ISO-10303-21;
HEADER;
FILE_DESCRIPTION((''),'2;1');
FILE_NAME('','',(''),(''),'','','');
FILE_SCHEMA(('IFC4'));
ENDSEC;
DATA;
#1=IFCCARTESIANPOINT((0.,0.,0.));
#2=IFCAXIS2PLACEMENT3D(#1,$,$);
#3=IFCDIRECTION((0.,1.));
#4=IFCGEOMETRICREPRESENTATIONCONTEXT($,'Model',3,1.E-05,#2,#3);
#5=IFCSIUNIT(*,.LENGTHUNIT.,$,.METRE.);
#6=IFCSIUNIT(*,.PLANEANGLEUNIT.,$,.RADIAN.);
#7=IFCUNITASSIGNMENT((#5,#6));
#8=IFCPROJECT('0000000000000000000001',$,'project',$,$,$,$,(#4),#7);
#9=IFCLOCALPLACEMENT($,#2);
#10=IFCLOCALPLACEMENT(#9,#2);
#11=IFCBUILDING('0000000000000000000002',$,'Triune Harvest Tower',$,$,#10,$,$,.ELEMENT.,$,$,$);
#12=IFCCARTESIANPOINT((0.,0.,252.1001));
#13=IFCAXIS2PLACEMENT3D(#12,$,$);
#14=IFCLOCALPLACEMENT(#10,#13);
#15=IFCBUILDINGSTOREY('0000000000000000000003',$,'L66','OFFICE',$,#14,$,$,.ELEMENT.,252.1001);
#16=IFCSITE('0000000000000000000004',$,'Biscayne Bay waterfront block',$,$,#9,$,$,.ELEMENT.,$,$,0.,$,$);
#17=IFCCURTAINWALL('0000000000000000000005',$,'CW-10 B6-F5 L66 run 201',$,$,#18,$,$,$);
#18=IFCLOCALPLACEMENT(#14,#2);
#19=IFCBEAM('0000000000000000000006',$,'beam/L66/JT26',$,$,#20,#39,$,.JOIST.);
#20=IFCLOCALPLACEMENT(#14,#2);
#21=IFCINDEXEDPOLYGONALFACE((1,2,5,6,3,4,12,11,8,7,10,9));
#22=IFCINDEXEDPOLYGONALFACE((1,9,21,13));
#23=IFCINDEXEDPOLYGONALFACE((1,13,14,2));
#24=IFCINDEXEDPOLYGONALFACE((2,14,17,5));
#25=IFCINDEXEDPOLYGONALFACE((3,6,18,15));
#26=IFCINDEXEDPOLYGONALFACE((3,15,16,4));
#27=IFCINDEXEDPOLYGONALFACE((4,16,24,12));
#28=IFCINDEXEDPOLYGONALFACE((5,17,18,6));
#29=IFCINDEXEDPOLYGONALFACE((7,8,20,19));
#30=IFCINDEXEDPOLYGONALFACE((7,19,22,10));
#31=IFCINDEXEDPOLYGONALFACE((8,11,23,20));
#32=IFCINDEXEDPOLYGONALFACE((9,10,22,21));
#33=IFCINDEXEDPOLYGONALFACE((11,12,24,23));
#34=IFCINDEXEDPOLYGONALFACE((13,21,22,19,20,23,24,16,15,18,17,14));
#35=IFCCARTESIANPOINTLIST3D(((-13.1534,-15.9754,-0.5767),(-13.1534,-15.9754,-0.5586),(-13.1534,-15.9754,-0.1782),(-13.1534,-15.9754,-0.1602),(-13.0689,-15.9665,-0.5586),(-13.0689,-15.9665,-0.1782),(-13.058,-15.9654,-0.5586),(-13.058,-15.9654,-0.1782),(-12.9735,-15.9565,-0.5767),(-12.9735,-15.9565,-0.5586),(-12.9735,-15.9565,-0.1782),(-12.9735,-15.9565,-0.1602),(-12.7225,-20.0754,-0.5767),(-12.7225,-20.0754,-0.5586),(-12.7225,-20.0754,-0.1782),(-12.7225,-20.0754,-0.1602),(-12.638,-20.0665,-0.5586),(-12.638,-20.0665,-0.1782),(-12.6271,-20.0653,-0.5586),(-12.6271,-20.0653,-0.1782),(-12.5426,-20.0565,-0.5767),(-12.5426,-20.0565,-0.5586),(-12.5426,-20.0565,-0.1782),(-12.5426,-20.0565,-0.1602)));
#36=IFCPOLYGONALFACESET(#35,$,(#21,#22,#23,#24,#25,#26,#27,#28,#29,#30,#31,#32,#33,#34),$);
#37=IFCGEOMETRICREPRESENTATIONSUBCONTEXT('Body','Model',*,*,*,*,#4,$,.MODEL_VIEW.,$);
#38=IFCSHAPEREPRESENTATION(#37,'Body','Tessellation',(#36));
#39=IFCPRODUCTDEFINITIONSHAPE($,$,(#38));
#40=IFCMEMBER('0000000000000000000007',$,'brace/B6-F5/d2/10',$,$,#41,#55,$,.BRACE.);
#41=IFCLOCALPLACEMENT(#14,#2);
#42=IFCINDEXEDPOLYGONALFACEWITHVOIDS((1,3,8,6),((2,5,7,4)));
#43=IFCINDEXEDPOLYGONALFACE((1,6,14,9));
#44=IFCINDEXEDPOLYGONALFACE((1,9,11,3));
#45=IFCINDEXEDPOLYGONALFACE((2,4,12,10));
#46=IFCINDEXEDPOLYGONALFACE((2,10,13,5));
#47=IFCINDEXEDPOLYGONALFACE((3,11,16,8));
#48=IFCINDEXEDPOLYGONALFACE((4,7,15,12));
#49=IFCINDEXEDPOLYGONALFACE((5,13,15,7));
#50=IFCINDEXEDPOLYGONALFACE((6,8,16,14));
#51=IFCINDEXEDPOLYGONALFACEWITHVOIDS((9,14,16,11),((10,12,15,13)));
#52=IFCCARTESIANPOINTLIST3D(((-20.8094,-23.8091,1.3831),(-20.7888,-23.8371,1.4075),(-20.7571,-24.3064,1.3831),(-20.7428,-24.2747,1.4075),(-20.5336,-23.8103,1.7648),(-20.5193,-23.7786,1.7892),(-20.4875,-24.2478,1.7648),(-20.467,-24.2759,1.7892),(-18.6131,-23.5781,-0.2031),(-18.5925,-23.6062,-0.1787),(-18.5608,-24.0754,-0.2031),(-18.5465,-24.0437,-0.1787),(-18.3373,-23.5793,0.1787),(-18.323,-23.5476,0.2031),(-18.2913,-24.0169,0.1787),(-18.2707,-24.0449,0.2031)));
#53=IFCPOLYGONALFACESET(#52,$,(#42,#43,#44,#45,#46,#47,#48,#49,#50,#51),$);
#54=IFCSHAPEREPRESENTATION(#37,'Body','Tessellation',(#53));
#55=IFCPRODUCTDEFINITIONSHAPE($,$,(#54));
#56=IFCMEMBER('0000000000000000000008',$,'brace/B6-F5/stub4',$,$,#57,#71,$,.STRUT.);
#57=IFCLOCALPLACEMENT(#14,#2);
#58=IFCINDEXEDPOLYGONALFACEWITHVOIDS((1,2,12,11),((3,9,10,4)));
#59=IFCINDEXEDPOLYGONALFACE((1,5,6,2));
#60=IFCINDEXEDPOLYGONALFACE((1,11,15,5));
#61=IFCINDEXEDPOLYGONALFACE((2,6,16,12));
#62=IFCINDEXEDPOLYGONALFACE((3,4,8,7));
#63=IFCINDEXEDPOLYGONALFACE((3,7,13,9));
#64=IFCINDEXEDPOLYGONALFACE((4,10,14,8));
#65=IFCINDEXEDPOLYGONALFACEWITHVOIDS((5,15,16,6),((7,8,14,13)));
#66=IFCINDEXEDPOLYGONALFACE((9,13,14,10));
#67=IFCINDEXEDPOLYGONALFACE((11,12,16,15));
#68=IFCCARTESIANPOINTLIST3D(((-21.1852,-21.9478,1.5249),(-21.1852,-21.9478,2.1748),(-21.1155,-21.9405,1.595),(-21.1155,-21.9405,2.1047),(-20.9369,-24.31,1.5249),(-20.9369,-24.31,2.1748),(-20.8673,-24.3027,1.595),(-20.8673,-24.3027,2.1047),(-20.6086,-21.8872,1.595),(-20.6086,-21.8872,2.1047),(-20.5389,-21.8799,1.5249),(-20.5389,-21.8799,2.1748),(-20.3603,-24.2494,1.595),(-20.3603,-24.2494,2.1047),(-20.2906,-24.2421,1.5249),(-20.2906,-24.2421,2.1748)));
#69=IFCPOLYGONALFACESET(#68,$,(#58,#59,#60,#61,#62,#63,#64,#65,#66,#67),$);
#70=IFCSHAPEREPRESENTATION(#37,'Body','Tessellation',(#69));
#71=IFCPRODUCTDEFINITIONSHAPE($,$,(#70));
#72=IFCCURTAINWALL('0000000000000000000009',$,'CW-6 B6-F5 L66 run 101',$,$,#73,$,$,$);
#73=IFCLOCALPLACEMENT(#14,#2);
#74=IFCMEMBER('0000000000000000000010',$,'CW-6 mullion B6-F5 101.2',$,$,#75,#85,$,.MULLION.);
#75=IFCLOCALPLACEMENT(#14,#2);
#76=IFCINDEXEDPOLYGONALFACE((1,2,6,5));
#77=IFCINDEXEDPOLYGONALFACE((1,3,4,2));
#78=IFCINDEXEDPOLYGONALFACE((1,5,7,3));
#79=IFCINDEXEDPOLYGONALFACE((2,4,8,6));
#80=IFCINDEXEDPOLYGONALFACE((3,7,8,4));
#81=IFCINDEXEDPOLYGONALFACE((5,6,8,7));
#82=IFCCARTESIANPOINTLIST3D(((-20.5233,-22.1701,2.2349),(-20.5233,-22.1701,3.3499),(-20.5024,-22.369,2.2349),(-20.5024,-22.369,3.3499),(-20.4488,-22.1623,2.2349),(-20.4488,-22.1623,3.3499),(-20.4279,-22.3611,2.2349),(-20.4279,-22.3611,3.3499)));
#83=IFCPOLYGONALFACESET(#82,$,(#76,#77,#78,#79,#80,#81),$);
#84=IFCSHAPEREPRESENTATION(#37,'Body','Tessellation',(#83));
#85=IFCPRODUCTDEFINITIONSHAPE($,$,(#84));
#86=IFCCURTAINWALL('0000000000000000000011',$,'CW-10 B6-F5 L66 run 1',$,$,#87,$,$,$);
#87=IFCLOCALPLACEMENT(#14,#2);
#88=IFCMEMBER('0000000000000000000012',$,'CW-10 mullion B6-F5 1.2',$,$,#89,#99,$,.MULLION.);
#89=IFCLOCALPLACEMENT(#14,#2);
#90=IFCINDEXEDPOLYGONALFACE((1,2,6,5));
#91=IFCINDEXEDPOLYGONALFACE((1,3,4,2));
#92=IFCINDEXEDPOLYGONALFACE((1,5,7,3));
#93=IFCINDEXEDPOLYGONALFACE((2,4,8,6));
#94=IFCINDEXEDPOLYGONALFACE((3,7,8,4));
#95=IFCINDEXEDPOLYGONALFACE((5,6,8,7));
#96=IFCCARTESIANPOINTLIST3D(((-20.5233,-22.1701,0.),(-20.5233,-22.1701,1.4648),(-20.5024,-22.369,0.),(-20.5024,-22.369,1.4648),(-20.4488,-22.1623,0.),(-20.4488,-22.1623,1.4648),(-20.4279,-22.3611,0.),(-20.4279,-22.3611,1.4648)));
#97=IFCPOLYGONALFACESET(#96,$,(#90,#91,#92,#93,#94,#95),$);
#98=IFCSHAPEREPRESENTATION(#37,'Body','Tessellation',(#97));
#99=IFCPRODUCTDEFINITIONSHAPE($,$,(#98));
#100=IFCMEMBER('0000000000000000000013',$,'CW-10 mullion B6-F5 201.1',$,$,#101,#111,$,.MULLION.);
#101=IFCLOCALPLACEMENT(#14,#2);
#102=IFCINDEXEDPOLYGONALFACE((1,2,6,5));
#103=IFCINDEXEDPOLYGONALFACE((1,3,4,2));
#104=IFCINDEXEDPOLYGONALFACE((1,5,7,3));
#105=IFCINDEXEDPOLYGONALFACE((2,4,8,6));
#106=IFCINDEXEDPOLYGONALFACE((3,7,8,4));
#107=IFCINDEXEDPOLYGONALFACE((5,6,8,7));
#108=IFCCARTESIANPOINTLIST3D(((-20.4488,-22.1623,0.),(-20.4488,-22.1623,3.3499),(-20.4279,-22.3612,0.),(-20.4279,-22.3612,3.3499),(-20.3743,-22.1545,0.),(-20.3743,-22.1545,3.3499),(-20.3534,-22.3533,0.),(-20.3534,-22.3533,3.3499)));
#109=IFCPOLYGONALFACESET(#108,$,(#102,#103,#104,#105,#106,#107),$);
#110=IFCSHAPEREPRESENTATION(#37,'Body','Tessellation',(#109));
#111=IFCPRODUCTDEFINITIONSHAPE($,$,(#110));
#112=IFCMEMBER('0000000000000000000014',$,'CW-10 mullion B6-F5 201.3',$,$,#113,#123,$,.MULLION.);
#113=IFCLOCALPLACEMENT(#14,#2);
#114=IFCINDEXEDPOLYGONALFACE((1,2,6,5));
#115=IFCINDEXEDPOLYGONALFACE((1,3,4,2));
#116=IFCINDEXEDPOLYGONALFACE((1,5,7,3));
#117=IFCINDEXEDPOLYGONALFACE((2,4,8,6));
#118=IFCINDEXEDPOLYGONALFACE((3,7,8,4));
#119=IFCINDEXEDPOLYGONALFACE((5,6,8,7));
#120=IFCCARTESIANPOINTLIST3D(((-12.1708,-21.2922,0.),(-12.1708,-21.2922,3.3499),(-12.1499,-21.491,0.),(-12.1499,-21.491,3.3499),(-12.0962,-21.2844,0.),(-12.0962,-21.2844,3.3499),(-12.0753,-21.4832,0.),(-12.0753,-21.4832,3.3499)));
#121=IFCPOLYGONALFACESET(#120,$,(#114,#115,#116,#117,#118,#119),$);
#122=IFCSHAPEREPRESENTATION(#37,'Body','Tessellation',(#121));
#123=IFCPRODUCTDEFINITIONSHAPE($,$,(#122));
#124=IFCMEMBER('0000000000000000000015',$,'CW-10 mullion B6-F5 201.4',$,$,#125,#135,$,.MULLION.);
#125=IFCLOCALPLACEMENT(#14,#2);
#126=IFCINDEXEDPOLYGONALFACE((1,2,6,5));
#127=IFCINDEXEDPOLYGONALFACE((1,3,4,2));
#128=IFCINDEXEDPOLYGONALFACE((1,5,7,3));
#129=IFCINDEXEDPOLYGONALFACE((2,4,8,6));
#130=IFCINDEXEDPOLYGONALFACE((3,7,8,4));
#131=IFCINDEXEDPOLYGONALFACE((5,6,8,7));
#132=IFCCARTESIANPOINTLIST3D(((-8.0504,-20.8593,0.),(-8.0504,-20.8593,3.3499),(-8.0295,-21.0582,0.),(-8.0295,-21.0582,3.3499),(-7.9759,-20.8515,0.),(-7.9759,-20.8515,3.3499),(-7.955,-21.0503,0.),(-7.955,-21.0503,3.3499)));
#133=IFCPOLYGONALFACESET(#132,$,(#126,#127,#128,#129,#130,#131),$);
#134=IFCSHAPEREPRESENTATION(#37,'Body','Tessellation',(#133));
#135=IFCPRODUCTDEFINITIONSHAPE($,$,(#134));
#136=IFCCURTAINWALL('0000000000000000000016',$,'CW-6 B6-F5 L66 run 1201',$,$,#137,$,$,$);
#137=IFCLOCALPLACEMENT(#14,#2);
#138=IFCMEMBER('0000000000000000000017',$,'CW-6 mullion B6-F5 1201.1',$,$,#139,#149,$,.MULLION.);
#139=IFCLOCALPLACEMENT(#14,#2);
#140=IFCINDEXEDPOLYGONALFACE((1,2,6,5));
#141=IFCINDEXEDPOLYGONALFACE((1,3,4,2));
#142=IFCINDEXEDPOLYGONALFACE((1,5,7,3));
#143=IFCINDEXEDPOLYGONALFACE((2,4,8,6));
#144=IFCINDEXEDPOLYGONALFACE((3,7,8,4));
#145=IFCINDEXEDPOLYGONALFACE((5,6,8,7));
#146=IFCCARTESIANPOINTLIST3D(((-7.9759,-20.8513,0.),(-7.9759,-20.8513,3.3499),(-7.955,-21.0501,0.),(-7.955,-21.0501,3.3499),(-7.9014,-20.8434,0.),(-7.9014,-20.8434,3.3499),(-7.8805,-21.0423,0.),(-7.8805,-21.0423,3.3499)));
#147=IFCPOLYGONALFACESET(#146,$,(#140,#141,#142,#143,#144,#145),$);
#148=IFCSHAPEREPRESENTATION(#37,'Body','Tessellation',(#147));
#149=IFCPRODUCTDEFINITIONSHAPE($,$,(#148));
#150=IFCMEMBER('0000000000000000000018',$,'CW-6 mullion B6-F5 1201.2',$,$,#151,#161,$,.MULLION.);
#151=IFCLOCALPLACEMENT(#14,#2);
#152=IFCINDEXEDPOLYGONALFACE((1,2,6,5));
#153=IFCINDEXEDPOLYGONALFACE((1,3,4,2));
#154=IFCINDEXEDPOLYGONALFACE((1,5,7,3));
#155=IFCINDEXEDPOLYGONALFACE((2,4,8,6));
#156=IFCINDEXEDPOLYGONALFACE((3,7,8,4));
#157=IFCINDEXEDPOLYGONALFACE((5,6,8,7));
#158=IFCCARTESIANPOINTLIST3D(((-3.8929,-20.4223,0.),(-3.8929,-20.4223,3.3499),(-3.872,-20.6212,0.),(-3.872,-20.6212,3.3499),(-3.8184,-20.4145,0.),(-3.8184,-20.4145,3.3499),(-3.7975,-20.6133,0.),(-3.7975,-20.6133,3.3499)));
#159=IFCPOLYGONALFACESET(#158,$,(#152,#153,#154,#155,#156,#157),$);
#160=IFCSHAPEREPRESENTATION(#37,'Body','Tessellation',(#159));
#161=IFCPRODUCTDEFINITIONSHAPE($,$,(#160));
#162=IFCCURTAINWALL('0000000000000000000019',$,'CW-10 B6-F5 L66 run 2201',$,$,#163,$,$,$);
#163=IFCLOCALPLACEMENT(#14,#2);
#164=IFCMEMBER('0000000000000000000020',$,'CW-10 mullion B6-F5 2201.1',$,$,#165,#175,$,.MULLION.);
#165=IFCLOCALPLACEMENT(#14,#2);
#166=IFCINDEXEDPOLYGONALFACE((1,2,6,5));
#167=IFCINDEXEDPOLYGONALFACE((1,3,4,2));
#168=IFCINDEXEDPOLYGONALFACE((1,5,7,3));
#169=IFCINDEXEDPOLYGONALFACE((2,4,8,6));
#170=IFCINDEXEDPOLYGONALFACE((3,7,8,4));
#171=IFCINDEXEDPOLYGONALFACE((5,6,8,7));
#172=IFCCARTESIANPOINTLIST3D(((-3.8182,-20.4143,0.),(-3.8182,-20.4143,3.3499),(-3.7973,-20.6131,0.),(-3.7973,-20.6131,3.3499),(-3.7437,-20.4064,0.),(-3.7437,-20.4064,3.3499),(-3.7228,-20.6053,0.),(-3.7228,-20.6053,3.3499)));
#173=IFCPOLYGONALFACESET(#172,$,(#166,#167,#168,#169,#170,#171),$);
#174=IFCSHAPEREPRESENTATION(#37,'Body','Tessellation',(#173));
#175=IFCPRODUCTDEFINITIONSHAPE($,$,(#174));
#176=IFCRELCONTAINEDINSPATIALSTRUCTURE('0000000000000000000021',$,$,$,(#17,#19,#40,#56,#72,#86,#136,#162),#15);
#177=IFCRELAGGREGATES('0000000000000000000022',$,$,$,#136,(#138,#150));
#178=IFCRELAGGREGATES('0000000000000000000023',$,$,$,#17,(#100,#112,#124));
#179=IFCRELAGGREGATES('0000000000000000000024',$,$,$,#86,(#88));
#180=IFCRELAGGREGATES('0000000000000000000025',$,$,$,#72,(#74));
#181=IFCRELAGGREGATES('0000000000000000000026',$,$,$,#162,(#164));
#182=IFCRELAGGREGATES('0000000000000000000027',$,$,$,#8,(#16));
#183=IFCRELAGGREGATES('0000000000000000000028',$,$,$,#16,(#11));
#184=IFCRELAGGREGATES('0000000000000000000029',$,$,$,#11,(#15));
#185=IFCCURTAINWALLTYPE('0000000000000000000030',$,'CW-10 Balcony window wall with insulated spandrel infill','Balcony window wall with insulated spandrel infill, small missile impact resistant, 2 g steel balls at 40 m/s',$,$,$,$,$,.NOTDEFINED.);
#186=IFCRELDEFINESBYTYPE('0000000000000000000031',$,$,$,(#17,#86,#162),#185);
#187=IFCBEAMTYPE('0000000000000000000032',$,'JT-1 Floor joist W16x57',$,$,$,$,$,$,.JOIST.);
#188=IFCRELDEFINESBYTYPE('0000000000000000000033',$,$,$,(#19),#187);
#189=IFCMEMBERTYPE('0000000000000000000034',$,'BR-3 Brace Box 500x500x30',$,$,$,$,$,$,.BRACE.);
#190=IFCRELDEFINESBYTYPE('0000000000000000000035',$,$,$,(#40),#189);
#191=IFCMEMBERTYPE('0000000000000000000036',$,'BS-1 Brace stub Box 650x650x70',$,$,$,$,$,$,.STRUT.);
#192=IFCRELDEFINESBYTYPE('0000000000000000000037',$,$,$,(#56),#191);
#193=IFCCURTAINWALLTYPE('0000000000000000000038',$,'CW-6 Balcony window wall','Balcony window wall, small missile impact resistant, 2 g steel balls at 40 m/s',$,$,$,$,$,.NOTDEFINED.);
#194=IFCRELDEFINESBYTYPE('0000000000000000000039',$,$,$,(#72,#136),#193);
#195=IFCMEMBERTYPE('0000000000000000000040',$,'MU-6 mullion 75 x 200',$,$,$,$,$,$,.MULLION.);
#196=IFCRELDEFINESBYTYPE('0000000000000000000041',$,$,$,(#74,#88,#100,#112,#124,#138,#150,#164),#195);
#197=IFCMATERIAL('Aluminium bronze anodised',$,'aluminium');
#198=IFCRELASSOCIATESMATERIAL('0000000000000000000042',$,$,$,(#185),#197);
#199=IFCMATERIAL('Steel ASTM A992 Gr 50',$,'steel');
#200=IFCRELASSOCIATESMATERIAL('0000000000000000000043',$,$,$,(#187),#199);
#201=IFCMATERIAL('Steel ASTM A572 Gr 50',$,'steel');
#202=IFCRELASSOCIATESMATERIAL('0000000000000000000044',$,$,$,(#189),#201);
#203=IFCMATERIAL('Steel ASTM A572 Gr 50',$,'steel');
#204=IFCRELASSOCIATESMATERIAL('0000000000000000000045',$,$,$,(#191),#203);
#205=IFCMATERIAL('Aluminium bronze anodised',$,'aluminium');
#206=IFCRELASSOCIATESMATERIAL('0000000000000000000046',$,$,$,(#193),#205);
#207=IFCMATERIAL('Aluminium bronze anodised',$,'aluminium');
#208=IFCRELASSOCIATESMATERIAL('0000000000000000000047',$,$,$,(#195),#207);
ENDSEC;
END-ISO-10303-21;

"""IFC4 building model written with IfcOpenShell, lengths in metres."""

from ifc_helpers import new_model, si_unit, direction, frame, origin, origin_2d, place, context, subcontext, project, spatial, rectangle, hollow_rectangle, i_section, extrude, source, transform, mapped, material, material_profile, profile_set, type_object, element, aggregate, save


model = new_model("IFC4")

# Units and contexts
model_context = context("Model", 3, precision=1e-05, world=origin(), true_north=direction((0.0, 1.0)))
body_context = subcontext(model_context, "Body", "Model", "MODEL_VIEW")
ifc_project = project(units=[si_unit("LENGTHUNIT", "METRE"), si_unit("PLANEANGLEUNIT", "RADIAN")], contexts=[model_context])

# Site, building, storey
site_placement = place(None, origin())
site = spatial("IfcSite", under=ifc_project, at=site_placement, Name="Biscayne Bay waterfront block", CompositionType="ELEMENT", RefElevation=0.0)
building_placement = place(site_placement, origin())
building = spatial("IfcBuilding", under=site, at=building_placement, Name="Triune Harvest Tower", CompositionType="ELEMENT")
storey_placement = place(building_placement, frame((0.0, 0.0, 252.1001)))
storey = spatial("IfcBuildingStorey", under=building, at=storey_placement, Name="L66", Description="OFFICE", CompositionType="ELEMENT", Elevation=252.1001)

# Curtain wall
ifc_material_1 = material(Name="Aluminium bronze anodised", Category="aluminium")
curtain_wall_type_1 = type_object("IfcCurtainWallType", Name="CW-10 Balcony window wall with insulated spandrel infill", Description="Balcony window wall with insulated spandrel infill, small missile impact resistant, 2 g steel balls at 40 m/s", PredefinedType="NOTDEFINED", material=ifc_material_1)
curtain_wall_1_placement = place(storey_placement, origin())
curtain_wall_1 = element("IfcCurtainWall", 1, at=curtain_wall_1_placement, inside=storey, type_object=curtain_wall_type_1, Name="CW-10 B6-F5 L66 run 201")

# Beam
ifc_material_2 = material(Name="Steel ASTM A992 Gr 50", Category="steel")
ifc_material_profile_1 = material_profile(ifc_material_2, i_section(OverallWidth=0.1809, OverallDepth=0.4165, WebThickness=0.011, FlangeThickness=0.0181, at=origin_2d()), Name="W16x57")
ifc_profile_set_1 = profile_set([ifc_material_profile_1], Name="Steel ASTM A992 Gr 50")
beam_type_1 = type_object("IfcBeamType", Name="JT-1 Floor joist W16x57", PredefinedType="JOIST", material=ifc_profile_set_1)
shared_shape_1 = source(origin(), body_context, "Body", "SweptSolid", [
    extrude(i_section(OverallWidth=0.1809, OverallDepth=0.4165, WebThickness=0.011, FlangeThickness=0.0181, at=origin_2d()), origin(), (0.0, 0.0, 1.0), 4.1226),
])
beam_1_placement = place(storey_placement, frame((-12.6326, -20.0659, -0.3684), z_axis=(-0.104521, 0.994523, 0.0), x_axis=(-0.994523, -0.104521, 0.0)))
element("IfcBeam", 2, at=beam_1_placement, inside=storey, type_object=beam_type_1, Name="beam/L66/JT26", PredefinedType="JOIST", context=body_context, shape_type="MappedRepresentation", body=[
    mapped(shared_shape_1, transform((0.0, 0.0, 0.0), scale=1.0)),
])

# Members
ifc_material_3 = material(Name="Steel ASTM A572 Gr 50", Category="steel")
ifc_material_profile_2 = material_profile(ifc_material_3, hollow_rectangle(XDim=0.5, YDim=0.5, WallThickness=0.03, at=origin_2d()), Name="Box 500x500x30")
ifc_profile_set_2 = profile_set([ifc_material_profile_2], Name="Steel ASTM A572 Gr 50")
member_type_1 = type_object("IfcMemberType", Name="BR-3 Brace Box 500x500x30", PredefinedType="BRACE", material=ifc_profile_set_2)
shared_shape_2 = source(origin(), body_context, "Body", "SweptSolid", [
    extrude(hollow_rectangle(XDim=0.5, YDim=0.5, WallThickness=0.03, at=origin_2d()), origin(), (0.0, 0.0, 1.0), 2.719),
])
member_1_placement = place(storey_placement, frame((-18.4419, -23.8115, 0.0), z_axis=(-0.807754, -0.084942, 0.583368), x_axis=(0.104581, -0.994516, 0.0)))
element("IfcMember", 3, at=member_1_placement, inside=storey, type_object=member_type_1, Name="brace/B6-F5/d2/10", PredefinedType="BRACE", context=body_context, shape_type="MappedRepresentation", body=[
    mapped(shared_shape_2, transform((0.0, 0.0, 0.0), scale=1.0)),
])
ifc_material_4 = material(Name="Steel ASTM A572 Gr 50", Category="steel")
ifc_material_profile_3 = material_profile(ifc_material_4, hollow_rectangle(XDim=0.6499, YDim=0.6499, WallThickness=0.0701, at=origin_2d()), Name="Box 650x650x70")
ifc_profile_set_3 = profile_set([ifc_material_profile_3], Name="Steel ASTM A572 Gr 50")
member_type_2 = type_object("IfcMemberType", Name="BS-1 Brace stub Box 650x650x70", PredefinedType="STRUT", material=ifc_profile_set_3)
shared_shape_3 = source(origin(), body_context, "Body", "SweptSolid", [
    extrude(hollow_rectangle(XDim=0.6499, YDim=0.6499, WallThickness=0.0701, at=origin_2d()), origin(), (0.0, 0.0, 1.0), 2.3752),
])
member_2_placement = place(storey_placement, frame((-20.8621, -21.9138, 1.8499), z_axis=(0.10453, -0.994522, 0.0), x_axis=(0.994522, 0.10453, 0.0)))
element("IfcMember", 4, at=member_2_placement, inside=storey, type_object=member_type_2, Name="brace/B6-F5/stub4", PredefinedType="STRUT", context=body_context, shape_type="MappedRepresentation", body=[
    mapped(shared_shape_3, transform((0.0, 0.0, 0.0), scale=1.0)),
])

# Curtain walls, members
ifc_material_5 = material(Name="Aluminium bronze anodised", Category="aluminium")
curtain_wall_type_2 = type_object("IfcCurtainWallType", Name="CW-6 Balcony window wall", Description="Balcony window wall, small missile impact resistant, 2 g steel balls at 40 m/s", PredefinedType="NOTDEFINED", material=ifc_material_5)
curtain_wall_2_placement = place(storey_placement, origin())
curtain_wall_2 = element("IfcCurtainWall", 5, at=curtain_wall_2_placement, inside=storey, type_object=curtain_wall_type_2, Name="CW-6 B6-F5 L66 run 101")
ifc_material_6 = material(Name="Aluminium bronze anodised", Category="aluminium")
ifc_material_profile_4 = material_profile(ifc_material_6, rectangle(XDim=0.2, YDim=0.075, at=origin_2d()), Name="MU-6 mullion 75 x 200")
ifc_profile_set_4 = profile_set([ifc_material_profile_4], Name="Aluminium bronze anodised")
member_type_3 = type_object("IfcMemberType", Name="MU-6 mullion 75 x 200", PredefinedType="MULLION", material=ifc_profile_set_4)
shared_shape_4 = source(origin(), body_context, "Body", "SweptSolid", [
    extrude(rectangle(XDim=0.2, YDim=0.075, at=origin_2d()), origin(), (0.0, 0.0, 1.0), 1.115),
])
member_3_placement = place(storey_placement, frame((-20.4756, -22.2656, 2.2349), z_axis=(0.0, 0.0, 1.0), x_axis=(-0.104539, 0.994521, 0.0)))
member_3 = element("IfcMember", 6, at=member_3_placement, type_object=member_type_3, Name="CW-6 mullion B6-F5 101.2", PredefinedType="MULLION", context=body_context, shape_type="MappedRepresentation", body=[
    mapped(shared_shape_4, transform((0.0, 0.0, 0.0), scale=1.0)),
])
curtain_wall_3_placement = place(storey_placement, origin())
curtain_wall_3 = element("IfcCurtainWall", 7, at=curtain_wall_3_placement, inside=storey, type_object=curtain_wall_type_1, Name="CW-10 B6-F5 L66 run 1")
shared_shape_5 = source(origin(), body_context, "Body", "SweptSolid", [
    extrude(rectangle(XDim=0.2, YDim=0.075, at=origin_2d()), origin(), (0.0, 0.0, 1.0), 1.4648),
])
member_4_placement = place(storey_placement, frame((-20.4756, -22.2656, 0.0), z_axis=(0.0, 0.0, 1.0), x_axis=(-0.104539, 0.994521, 0.0)))
member_4 = element("IfcMember", 8, at=member_4_placement, type_object=member_type_3, Name="CW-10 mullion B6-F5 1.2", PredefinedType="MULLION", context=body_context, shape_type="MappedRepresentation", body=[
    mapped(shared_shape_5, transform((0.0, 0.0, 0.0), scale=1.0)),
])

# Members
shared_shape_6 = source(origin(), body_context, "Body", "SweptSolid", [
    extrude(rectangle(XDim=0.2, YDim=0.075, at=origin_2d()), origin(), (0.0, 0.0, 1.0), 3.3499),
])
member_5_placement = place(storey_placement, frame((-20.4011, -22.2578, 0.0), z_axis=(0.0, 0.0, 1.0), x_axis=(-0.104532, 0.994522, 0.0)))
member_5 = element("IfcMember", 9, at=member_5_placement, type_object=member_type_3, Name="CW-10 mullion B6-F5 201.1", PredefinedType="MULLION", context=body_context, shape_type="MappedRepresentation", body=[
    mapped(shared_shape_6, transform((0.0, 0.0, 0.0), scale=1.0)),
])
member_6_placement = place(storey_placement, frame((-12.123, -21.3877, 0.0), z_axis=(0.0, 0.0, 1.0), x_axis=(-0.104532, 0.994522, 0.0)))
member_6 = element("IfcMember", 10, at=member_6_placement, type_object=member_type_3, Name="CW-10 mullion B6-F5 201.3", PredefinedType="MULLION", context=body_context, shape_type="MappedRepresentation", body=[
    mapped(shared_shape_6, transform((0.0, 0.0, 0.0), scale=1.0)),
])
member_7_placement = place(storey_placement, frame((-8.0027, -20.9548, 0.0), z_axis=(0.0, 0.0, 1.0), x_axis=(-0.104532, 0.994522, 0.0)))
member_7 = element("IfcMember", 11, at=member_7_placement, type_object=member_type_3, Name="CW-10 mullion B6-F5 201.4", PredefinedType="MULLION", context=body_context, shape_type="MappedRepresentation", body=[
    mapped(shared_shape_6, transform((0.0, 0.0, 0.0), scale=1.0)),
])

# Curtain wall, members
curtain_wall_4_placement = place(storey_placement, origin())
curtain_wall_4 = element("IfcCurtainWall", 12, at=curtain_wall_4_placement, inside=storey, type_object=curtain_wall_type_2, Name="CW-6 B6-F5 L66 run 1201")
member_8_placement = place(storey_placement, frame((-7.9282, -20.9468, 0.0), z_axis=(0.0, 0.0, 1.0), x_axis=(-0.104533, 0.994521, 0.0)))
member_8 = element("IfcMember", 13, at=member_8_placement, type_object=member_type_3, Name="CW-6 mullion B6-F5 1201.1", PredefinedType="MULLION", context=body_context, shape_type="MappedRepresentation", body=[
    mapped(shared_shape_6, transform((0.0, 0.0, 0.0), scale=1.0)),
])
member_9_placement = place(storey_placement, frame((-3.8452, -20.5178, 0.0), z_axis=(0.0, 0.0, 1.0), x_axis=(-0.104533, 0.994521, 0.0)))
member_9 = element("IfcMember", 14, at=member_9_placement, type_object=member_type_3, Name="CW-6 mullion B6-F5 1201.2", PredefinedType="MULLION", context=body_context, shape_type="MappedRepresentation", body=[
    mapped(shared_shape_6, transform((0.0, 0.0, 0.0), scale=1.0)),
])

# Curtain wall, member
curtain_wall_5_placement = place(storey_placement, origin())
curtain_wall_5 = element("IfcCurtainWall", 15, at=curtain_wall_5_placement, inside=storey, type_object=curtain_wall_type_1, Name="CW-10 B6-F5 L66 run 2201")
member_10_placement = place(storey_placement, frame((-3.7705, -20.5098, 0.0), z_axis=(0.0, 0.0, 1.0), x_axis=(-0.104507, 0.994524, 0.0)))
member_10 = element("IfcMember", 16, at=member_10_placement, type_object=member_type_3, Name="CW-10 mullion B6-F5 2201.1", PredefinedType="MULLION", context=body_context, shape_type="MappedRepresentation", body=[
    mapped(shared_shape_6, transform((0.0, 0.0, 0.0), scale=1.0)),
])

aggregate(curtain_wall_4, [member_8, member_9])
aggregate(curtain_wall_1, [member_5, member_6, member_7])
aggregate(curtain_wall_3, [member_4])
aggregate(curtain_wall_2, [member_3])
aggregate(curtain_wall_5, [member_10])

save(model, "model.ifc")
